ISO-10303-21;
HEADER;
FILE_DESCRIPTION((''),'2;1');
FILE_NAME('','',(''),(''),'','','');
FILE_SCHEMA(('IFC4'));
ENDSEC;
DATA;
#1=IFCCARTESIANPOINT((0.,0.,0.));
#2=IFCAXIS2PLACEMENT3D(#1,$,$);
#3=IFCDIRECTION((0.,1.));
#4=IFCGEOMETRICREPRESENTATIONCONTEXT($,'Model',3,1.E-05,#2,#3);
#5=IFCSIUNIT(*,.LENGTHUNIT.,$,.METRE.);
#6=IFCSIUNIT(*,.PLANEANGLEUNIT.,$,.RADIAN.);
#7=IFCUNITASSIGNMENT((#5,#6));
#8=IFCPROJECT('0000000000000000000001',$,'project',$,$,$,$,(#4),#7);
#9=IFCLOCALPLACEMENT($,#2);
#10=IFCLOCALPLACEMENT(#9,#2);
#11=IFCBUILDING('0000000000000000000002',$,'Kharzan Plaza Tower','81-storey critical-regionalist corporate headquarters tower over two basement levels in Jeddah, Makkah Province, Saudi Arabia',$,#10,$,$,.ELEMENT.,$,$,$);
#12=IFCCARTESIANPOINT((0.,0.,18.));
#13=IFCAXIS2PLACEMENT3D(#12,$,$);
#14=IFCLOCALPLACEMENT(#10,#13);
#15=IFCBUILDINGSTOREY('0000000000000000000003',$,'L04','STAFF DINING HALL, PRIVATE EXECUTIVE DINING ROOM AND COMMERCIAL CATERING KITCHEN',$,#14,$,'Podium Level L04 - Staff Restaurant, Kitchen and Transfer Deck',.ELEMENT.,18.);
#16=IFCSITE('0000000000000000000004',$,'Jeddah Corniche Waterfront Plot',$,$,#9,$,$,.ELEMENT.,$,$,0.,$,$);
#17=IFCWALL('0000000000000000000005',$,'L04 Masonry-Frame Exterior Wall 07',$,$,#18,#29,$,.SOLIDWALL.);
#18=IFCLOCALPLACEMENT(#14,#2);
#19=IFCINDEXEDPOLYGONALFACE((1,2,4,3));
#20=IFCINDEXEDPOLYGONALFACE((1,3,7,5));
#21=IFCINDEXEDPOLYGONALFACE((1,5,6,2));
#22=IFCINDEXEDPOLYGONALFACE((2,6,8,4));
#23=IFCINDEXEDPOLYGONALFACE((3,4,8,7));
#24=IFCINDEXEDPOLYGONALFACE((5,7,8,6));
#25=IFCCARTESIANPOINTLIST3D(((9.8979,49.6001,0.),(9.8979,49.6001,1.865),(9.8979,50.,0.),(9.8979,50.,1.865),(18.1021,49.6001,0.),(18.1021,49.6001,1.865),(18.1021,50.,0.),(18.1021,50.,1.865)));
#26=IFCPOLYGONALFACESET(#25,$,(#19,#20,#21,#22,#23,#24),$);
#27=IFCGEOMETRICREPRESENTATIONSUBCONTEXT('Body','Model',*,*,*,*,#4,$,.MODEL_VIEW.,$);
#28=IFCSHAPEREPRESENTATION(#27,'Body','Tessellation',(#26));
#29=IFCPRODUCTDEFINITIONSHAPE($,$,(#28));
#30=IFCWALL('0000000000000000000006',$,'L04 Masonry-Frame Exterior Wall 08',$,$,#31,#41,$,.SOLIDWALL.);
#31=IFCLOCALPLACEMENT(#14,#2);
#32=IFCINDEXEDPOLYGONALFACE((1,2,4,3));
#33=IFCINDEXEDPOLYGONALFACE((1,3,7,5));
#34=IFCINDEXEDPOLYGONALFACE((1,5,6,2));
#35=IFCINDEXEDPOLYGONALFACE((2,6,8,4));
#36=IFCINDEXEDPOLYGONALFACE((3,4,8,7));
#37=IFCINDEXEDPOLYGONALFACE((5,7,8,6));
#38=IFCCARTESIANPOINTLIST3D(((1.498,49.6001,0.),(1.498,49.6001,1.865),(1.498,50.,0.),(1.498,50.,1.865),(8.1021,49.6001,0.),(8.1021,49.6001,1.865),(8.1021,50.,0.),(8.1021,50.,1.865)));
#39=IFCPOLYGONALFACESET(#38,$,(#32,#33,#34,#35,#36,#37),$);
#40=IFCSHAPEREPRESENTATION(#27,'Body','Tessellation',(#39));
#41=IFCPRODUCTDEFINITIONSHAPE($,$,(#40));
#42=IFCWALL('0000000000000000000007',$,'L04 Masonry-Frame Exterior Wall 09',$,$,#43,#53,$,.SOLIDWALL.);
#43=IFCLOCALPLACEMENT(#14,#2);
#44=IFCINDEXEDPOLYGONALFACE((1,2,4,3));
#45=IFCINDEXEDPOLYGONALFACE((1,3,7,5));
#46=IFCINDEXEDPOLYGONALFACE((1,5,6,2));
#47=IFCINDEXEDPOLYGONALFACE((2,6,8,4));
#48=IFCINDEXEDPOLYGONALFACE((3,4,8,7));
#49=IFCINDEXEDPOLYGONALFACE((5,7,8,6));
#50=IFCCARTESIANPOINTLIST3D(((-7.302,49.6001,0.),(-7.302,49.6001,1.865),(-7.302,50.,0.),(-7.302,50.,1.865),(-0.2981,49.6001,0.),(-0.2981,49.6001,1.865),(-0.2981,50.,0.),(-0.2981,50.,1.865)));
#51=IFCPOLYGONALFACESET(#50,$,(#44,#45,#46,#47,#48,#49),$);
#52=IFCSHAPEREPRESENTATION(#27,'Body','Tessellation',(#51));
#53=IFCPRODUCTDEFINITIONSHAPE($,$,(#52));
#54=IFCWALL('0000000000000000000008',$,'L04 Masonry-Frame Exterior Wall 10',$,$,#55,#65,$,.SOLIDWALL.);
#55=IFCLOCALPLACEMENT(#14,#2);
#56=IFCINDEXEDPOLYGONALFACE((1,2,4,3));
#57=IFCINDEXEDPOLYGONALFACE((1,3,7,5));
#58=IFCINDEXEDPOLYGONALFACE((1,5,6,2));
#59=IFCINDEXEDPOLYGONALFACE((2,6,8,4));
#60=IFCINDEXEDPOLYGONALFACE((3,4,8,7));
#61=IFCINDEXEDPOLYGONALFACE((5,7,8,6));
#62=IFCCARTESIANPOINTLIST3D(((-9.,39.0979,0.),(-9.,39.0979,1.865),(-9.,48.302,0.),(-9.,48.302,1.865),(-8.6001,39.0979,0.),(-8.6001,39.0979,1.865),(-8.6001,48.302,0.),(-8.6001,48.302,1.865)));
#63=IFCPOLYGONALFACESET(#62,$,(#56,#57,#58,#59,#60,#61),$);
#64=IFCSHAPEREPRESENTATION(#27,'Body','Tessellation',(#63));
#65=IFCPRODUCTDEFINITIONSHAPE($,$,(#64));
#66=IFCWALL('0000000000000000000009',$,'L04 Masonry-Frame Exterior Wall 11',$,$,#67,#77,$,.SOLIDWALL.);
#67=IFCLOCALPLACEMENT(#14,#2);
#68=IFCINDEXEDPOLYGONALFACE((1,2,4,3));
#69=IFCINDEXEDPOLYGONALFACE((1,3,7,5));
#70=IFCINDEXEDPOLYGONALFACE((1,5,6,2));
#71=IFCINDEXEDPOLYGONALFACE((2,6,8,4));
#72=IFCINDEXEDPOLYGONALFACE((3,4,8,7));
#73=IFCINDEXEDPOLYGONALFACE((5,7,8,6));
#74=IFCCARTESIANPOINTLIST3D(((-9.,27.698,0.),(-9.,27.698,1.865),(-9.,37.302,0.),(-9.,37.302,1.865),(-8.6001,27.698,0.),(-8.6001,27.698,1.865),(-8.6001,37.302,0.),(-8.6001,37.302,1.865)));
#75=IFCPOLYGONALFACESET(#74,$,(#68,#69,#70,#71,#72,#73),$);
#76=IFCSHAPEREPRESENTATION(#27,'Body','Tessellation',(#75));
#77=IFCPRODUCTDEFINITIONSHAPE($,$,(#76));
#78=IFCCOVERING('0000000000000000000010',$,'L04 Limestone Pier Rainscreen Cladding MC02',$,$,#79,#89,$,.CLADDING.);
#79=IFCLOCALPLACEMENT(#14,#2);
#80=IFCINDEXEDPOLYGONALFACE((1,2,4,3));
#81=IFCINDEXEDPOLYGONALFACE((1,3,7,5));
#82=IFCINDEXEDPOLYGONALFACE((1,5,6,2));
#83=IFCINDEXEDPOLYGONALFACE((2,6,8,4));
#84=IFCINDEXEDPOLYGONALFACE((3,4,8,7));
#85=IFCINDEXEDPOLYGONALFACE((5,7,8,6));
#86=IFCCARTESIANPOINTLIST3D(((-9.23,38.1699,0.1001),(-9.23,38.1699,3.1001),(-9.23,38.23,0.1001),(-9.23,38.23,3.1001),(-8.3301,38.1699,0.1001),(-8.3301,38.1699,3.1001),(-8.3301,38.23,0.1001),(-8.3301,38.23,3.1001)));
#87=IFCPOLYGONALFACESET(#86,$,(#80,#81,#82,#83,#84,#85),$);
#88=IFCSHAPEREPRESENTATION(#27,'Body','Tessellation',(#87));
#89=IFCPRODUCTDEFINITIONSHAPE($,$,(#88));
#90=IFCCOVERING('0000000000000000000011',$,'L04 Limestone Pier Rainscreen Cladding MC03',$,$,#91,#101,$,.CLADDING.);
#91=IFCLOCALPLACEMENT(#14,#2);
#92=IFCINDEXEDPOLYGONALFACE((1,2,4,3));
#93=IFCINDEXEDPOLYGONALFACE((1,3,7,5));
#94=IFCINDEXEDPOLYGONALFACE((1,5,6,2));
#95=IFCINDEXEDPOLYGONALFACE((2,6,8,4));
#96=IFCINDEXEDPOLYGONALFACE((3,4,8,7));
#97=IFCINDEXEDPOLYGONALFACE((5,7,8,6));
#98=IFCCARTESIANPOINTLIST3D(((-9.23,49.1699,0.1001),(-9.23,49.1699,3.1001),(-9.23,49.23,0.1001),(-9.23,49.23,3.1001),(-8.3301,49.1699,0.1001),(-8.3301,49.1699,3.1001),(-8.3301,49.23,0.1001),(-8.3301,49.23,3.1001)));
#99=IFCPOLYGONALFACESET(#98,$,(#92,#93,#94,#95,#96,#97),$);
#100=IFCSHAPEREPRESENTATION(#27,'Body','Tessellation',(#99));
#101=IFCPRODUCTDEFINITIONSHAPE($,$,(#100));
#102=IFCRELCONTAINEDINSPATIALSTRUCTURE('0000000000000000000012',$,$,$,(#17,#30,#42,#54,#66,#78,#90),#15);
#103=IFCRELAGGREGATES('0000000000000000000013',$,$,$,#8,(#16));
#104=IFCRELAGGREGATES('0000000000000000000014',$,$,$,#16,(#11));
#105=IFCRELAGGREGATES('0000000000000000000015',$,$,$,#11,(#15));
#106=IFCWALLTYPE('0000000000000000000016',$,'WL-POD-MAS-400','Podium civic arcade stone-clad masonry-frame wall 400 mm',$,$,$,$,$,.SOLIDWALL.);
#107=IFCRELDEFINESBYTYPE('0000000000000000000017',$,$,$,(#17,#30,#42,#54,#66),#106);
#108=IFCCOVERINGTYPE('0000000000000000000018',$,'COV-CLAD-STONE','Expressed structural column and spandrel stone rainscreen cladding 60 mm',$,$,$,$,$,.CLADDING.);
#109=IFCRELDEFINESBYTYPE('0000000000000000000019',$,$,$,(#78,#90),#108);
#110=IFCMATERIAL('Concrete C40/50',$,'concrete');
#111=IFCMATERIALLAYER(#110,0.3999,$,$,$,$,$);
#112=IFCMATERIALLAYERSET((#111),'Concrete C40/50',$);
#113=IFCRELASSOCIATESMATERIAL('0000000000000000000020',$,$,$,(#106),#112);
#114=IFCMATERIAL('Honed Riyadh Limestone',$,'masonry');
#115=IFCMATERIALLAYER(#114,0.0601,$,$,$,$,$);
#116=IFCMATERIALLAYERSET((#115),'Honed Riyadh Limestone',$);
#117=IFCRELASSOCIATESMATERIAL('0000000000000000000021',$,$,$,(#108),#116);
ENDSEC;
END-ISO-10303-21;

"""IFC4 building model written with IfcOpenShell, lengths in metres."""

from ifc_helpers import new_model, si_unit, direction, frame, frame_2d, origin, origin_2d, place, context, subcontext, project, spatial, rectangle, extrude, source, transform, mapped, material, layer, layer_set, type_object, element, save


model = new_model("IFC4")

# Units and contexts
model_context = context("Model", 3, precision=1e-05, world=origin(), true_north=direction((0.0, 1.0)))
body_context = subcontext(model_context, "Body", "Model", "MODEL_VIEW")
ifc_project = project(units=[si_unit("LENGTHUNIT", "METRE"), si_unit("PLANEANGLEUNIT", "RADIAN")], contexts=[model_context])

# Site, building, storey
site_placement = place(None, origin())
site = spatial("IfcSite", under=ifc_project, at=site_placement, Name="Jeddah Corniche Waterfront Plot", CompositionType="ELEMENT", RefElevation=0.0)
building_placement = place(site_placement, origin())
building = spatial("IfcBuilding", under=site, at=building_placement, Name="Kharzan Plaza Tower", Description="81-storey critical-regionalist corporate headquarters tower over two basement levels in Jeddah, Makkah Province, Saudi Arabia", CompositionType="ELEMENT")
storey_placement = place(building_placement, frame((0.0, 0.0, 18.0)))
storey = spatial("IfcBuildingStorey", under=building, at=storey_placement, Name="L04", Description="STAFF DINING HALL, PRIVATE EXECUTIVE DINING ROOM AND COMMERCIAL CATERING KITCHEN", LongName="Podium Level L04 - Staff Restaurant, Kitchen and Transfer Deck", CompositionType="ELEMENT", Elevation=18.0)

# Walls
ifc_material_1 = material(Name="Concrete C40/50", Category="concrete")
ifc_layer_1 = layer(ifc_material_1, 0.3999)
ifc_layer_set_1 = layer_set([ifc_layer_1], Name="Concrete C40/50")
wall_type_1 = type_object("IfcWallType", Name="WL-POD-MAS-400", Description="Podium civic arcade stone-clad masonry-frame wall 400 mm", PredefinedType="SOLIDWALL", material=ifc_layer_set_1)
shared_shape_1 = source(origin(), body_context, "Body", "SweptSolid", [
    extrude(rectangle(XDim=8.2041, YDim=0.3999, at=frame_2d((4.1021, 0.0))), origin(), (0.0, 0.0, 1.0), 1.865),
])
wall_1_placement = place(storey_placement, frame((18.1021, 49.8, 0.0), z_axis=(0.0, 0.0, 1.0), x_axis=(-1.0, 0.0, 0.0)))
element("IfcWall", 1, at=wall_1_placement, inside=storey, type_object=wall_type_1, Name="L04 Masonry-Frame Exterior Wall 07", PredefinedType="SOLIDWALL", context=body_context, shape_type="MappedRepresentation", body=[
    mapped(shared_shape_1, transform((0.0, 0.0, 0.0), x_axis=(1.0, 0.0, 0.0), y_axis=(0.0, 1.0, 0.0), z_axis=(0.0, 0.0, 1.0))),
])
shared_shape_2 = source(origin(), body_context, "Body", "SweptSolid", [
    extrude(rectangle(XDim=6.604, YDim=0.3999, at=frame_2d((3.302, 0.0))), origin(), (0.0, 0.0, 1.0), 1.865),
])
wall_2_placement = place(storey_placement, frame((8.1021, 49.8, 0.0), z_axis=(0.0, 0.0, 1.0), x_axis=(-1.0, 0.0, 0.0)))
element("IfcWall", 2, at=wall_2_placement, inside=storey, type_object=wall_type_1, Name="L04 Masonry-Frame Exterior Wall 08", PredefinedType="SOLIDWALL", context=body_context, shape_type="MappedRepresentation", body=[
    mapped(shared_shape_2, transform((0.0, 0.0, 0.0), x_axis=(1.0, 0.0, 0.0), y_axis=(0.0, 1.0, 0.0), z_axis=(0.0, 0.0, 1.0))),
])
shared_shape_3 = source(origin(), body_context, "Body", "SweptSolid", [
    extrude(rectangle(XDim=7.0039, YDim=0.3999, at=frame_2d((3.502, 0.0))), origin(), (0.0, 0.0, 1.0), 1.865),
])
wall_3_placement = place(storey_placement, frame((-0.2981, 49.8, 0.0), z_axis=(0.0, 0.0, 1.0), x_axis=(-1.0, 0.0, 0.0)))
element("IfcWall", 3, at=wall_3_placement, inside=storey, type_object=wall_type_1, Name="L04 Masonry-Frame Exterior Wall 09", PredefinedType="SOLIDWALL", context=body_context, shape_type="MappedRepresentation", body=[
    mapped(shared_shape_3, transform((0.0, 0.0, 0.0), x_axis=(1.0, 0.0, 0.0), y_axis=(0.0, 1.0, 0.0), z_axis=(0.0, 0.0, 1.0))),
])
shared_shape_4 = source(origin(), body_context, "Body", "SweptSolid", [
    extrude(rectangle(XDim=9.2041, YDim=0.3999, at=frame_2d((4.6021, 0.0))), origin(), (0.0, 0.0, 1.0), 1.865),
])
wall_4_placement = place(storey_placement, frame((-8.8, 48.302, 0.0), z_axis=(0.0, 0.0, 1.0), x_axis=(0.0, -1.0, 0.0)))
element("IfcWall", 4, at=wall_4_placement, inside=storey, type_object=wall_type_1, Name="L04 Masonry-Frame Exterior Wall 10", PredefinedType="SOLIDWALL", context=body_context, shape_type="MappedRepresentation", body=[
    mapped(shared_shape_4, transform((0.0, 0.0, 0.0), x_axis=(1.0, 0.0, 0.0), y_axis=(0.0, 1.0, 0.0), z_axis=(0.0, 0.0, 1.0))),
])
shared_shape_5 = source(origin(), body_context, "Body", "SweptSolid", [
    extrude(rectangle(XDim=9.604, YDim=0.3999, at=frame_2d((4.802, 0.0))), origin(), (0.0, 0.0, 1.0), 1.865),
])
wall_5_placement = place(storey_placement, frame((-8.8, 37.302, 0.0), z_axis=(0.0, 0.0, 1.0), x_axis=(0.0, -1.0, 0.0)))
element("IfcWall", 5, at=wall_5_placement, inside=storey, type_object=wall_type_1, Name="L04 Masonry-Frame Exterior Wall 11", PredefinedType="SOLIDWALL", context=body_context, shape_type="MappedRepresentation", body=[
    mapped(shared_shape_5, transform((0.0, 0.0, 0.0), x_axis=(1.0, 0.0, 0.0), y_axis=(0.0, 1.0, 0.0), z_axis=(0.0, 0.0, 1.0))),
])

# Coverings
ifc_material_2 = material(Name="Honed Riyadh Limestone", Category="masonry")
ifc_layer_2 = layer(ifc_material_2, 0.0601)
ifc_layer_set_2 = layer_set([ifc_layer_2], Name="Honed Riyadh Limestone")
covering_type = type_object("IfcCoveringType", Name="COV-CLAD-STONE", Description="Expressed structural column and spandrel stone rainscreen cladding 60 mm", PredefinedType="CLADDING", material=ifc_layer_set_2)
shared_shape_6 = source(origin(), body_context, "Body", "SweptSolid", [
    extrude(rectangle(XDim=0.0601, YDim=0.8999, at=origin_2d()), origin(), (0.0, 0.0, 1.0), 3.0),
])
for number, where, z_axis, x_axis, name in (
    (6, (-8.78, 38.2, 0.1001), (0.0, 0.0, 1.0), (0.0, 1.0, 0.0), "L04 Limestone Pier Rainscreen Cladding MC02"),
    (7, (-8.78, 49.2, 0.1001), (0.0, 0.0, 1.0), (0.0, 1.0, 0.0), "L04 Limestone Pier Rainscreen Cladding MC03"),
):
    element("IfcCovering", number, at=place(storey_placement, frame(where, z_axis=z_axis, x_axis=x_axis)), inside=storey, type_object=covering_type, Name=name, PredefinedType="CLADDING", context=body_context, shape_type="MappedRepresentation", body=[
        mapped(shared_shape_6, transform((0.0, 0.0, 0.0), x_axis=(1.0, 0.0, 0.0), y_axis=(0.0, 1.0, 0.0), z_axis=(0.0, 0.0, 1.0))),
    ])

save(model, "model.ifc")
